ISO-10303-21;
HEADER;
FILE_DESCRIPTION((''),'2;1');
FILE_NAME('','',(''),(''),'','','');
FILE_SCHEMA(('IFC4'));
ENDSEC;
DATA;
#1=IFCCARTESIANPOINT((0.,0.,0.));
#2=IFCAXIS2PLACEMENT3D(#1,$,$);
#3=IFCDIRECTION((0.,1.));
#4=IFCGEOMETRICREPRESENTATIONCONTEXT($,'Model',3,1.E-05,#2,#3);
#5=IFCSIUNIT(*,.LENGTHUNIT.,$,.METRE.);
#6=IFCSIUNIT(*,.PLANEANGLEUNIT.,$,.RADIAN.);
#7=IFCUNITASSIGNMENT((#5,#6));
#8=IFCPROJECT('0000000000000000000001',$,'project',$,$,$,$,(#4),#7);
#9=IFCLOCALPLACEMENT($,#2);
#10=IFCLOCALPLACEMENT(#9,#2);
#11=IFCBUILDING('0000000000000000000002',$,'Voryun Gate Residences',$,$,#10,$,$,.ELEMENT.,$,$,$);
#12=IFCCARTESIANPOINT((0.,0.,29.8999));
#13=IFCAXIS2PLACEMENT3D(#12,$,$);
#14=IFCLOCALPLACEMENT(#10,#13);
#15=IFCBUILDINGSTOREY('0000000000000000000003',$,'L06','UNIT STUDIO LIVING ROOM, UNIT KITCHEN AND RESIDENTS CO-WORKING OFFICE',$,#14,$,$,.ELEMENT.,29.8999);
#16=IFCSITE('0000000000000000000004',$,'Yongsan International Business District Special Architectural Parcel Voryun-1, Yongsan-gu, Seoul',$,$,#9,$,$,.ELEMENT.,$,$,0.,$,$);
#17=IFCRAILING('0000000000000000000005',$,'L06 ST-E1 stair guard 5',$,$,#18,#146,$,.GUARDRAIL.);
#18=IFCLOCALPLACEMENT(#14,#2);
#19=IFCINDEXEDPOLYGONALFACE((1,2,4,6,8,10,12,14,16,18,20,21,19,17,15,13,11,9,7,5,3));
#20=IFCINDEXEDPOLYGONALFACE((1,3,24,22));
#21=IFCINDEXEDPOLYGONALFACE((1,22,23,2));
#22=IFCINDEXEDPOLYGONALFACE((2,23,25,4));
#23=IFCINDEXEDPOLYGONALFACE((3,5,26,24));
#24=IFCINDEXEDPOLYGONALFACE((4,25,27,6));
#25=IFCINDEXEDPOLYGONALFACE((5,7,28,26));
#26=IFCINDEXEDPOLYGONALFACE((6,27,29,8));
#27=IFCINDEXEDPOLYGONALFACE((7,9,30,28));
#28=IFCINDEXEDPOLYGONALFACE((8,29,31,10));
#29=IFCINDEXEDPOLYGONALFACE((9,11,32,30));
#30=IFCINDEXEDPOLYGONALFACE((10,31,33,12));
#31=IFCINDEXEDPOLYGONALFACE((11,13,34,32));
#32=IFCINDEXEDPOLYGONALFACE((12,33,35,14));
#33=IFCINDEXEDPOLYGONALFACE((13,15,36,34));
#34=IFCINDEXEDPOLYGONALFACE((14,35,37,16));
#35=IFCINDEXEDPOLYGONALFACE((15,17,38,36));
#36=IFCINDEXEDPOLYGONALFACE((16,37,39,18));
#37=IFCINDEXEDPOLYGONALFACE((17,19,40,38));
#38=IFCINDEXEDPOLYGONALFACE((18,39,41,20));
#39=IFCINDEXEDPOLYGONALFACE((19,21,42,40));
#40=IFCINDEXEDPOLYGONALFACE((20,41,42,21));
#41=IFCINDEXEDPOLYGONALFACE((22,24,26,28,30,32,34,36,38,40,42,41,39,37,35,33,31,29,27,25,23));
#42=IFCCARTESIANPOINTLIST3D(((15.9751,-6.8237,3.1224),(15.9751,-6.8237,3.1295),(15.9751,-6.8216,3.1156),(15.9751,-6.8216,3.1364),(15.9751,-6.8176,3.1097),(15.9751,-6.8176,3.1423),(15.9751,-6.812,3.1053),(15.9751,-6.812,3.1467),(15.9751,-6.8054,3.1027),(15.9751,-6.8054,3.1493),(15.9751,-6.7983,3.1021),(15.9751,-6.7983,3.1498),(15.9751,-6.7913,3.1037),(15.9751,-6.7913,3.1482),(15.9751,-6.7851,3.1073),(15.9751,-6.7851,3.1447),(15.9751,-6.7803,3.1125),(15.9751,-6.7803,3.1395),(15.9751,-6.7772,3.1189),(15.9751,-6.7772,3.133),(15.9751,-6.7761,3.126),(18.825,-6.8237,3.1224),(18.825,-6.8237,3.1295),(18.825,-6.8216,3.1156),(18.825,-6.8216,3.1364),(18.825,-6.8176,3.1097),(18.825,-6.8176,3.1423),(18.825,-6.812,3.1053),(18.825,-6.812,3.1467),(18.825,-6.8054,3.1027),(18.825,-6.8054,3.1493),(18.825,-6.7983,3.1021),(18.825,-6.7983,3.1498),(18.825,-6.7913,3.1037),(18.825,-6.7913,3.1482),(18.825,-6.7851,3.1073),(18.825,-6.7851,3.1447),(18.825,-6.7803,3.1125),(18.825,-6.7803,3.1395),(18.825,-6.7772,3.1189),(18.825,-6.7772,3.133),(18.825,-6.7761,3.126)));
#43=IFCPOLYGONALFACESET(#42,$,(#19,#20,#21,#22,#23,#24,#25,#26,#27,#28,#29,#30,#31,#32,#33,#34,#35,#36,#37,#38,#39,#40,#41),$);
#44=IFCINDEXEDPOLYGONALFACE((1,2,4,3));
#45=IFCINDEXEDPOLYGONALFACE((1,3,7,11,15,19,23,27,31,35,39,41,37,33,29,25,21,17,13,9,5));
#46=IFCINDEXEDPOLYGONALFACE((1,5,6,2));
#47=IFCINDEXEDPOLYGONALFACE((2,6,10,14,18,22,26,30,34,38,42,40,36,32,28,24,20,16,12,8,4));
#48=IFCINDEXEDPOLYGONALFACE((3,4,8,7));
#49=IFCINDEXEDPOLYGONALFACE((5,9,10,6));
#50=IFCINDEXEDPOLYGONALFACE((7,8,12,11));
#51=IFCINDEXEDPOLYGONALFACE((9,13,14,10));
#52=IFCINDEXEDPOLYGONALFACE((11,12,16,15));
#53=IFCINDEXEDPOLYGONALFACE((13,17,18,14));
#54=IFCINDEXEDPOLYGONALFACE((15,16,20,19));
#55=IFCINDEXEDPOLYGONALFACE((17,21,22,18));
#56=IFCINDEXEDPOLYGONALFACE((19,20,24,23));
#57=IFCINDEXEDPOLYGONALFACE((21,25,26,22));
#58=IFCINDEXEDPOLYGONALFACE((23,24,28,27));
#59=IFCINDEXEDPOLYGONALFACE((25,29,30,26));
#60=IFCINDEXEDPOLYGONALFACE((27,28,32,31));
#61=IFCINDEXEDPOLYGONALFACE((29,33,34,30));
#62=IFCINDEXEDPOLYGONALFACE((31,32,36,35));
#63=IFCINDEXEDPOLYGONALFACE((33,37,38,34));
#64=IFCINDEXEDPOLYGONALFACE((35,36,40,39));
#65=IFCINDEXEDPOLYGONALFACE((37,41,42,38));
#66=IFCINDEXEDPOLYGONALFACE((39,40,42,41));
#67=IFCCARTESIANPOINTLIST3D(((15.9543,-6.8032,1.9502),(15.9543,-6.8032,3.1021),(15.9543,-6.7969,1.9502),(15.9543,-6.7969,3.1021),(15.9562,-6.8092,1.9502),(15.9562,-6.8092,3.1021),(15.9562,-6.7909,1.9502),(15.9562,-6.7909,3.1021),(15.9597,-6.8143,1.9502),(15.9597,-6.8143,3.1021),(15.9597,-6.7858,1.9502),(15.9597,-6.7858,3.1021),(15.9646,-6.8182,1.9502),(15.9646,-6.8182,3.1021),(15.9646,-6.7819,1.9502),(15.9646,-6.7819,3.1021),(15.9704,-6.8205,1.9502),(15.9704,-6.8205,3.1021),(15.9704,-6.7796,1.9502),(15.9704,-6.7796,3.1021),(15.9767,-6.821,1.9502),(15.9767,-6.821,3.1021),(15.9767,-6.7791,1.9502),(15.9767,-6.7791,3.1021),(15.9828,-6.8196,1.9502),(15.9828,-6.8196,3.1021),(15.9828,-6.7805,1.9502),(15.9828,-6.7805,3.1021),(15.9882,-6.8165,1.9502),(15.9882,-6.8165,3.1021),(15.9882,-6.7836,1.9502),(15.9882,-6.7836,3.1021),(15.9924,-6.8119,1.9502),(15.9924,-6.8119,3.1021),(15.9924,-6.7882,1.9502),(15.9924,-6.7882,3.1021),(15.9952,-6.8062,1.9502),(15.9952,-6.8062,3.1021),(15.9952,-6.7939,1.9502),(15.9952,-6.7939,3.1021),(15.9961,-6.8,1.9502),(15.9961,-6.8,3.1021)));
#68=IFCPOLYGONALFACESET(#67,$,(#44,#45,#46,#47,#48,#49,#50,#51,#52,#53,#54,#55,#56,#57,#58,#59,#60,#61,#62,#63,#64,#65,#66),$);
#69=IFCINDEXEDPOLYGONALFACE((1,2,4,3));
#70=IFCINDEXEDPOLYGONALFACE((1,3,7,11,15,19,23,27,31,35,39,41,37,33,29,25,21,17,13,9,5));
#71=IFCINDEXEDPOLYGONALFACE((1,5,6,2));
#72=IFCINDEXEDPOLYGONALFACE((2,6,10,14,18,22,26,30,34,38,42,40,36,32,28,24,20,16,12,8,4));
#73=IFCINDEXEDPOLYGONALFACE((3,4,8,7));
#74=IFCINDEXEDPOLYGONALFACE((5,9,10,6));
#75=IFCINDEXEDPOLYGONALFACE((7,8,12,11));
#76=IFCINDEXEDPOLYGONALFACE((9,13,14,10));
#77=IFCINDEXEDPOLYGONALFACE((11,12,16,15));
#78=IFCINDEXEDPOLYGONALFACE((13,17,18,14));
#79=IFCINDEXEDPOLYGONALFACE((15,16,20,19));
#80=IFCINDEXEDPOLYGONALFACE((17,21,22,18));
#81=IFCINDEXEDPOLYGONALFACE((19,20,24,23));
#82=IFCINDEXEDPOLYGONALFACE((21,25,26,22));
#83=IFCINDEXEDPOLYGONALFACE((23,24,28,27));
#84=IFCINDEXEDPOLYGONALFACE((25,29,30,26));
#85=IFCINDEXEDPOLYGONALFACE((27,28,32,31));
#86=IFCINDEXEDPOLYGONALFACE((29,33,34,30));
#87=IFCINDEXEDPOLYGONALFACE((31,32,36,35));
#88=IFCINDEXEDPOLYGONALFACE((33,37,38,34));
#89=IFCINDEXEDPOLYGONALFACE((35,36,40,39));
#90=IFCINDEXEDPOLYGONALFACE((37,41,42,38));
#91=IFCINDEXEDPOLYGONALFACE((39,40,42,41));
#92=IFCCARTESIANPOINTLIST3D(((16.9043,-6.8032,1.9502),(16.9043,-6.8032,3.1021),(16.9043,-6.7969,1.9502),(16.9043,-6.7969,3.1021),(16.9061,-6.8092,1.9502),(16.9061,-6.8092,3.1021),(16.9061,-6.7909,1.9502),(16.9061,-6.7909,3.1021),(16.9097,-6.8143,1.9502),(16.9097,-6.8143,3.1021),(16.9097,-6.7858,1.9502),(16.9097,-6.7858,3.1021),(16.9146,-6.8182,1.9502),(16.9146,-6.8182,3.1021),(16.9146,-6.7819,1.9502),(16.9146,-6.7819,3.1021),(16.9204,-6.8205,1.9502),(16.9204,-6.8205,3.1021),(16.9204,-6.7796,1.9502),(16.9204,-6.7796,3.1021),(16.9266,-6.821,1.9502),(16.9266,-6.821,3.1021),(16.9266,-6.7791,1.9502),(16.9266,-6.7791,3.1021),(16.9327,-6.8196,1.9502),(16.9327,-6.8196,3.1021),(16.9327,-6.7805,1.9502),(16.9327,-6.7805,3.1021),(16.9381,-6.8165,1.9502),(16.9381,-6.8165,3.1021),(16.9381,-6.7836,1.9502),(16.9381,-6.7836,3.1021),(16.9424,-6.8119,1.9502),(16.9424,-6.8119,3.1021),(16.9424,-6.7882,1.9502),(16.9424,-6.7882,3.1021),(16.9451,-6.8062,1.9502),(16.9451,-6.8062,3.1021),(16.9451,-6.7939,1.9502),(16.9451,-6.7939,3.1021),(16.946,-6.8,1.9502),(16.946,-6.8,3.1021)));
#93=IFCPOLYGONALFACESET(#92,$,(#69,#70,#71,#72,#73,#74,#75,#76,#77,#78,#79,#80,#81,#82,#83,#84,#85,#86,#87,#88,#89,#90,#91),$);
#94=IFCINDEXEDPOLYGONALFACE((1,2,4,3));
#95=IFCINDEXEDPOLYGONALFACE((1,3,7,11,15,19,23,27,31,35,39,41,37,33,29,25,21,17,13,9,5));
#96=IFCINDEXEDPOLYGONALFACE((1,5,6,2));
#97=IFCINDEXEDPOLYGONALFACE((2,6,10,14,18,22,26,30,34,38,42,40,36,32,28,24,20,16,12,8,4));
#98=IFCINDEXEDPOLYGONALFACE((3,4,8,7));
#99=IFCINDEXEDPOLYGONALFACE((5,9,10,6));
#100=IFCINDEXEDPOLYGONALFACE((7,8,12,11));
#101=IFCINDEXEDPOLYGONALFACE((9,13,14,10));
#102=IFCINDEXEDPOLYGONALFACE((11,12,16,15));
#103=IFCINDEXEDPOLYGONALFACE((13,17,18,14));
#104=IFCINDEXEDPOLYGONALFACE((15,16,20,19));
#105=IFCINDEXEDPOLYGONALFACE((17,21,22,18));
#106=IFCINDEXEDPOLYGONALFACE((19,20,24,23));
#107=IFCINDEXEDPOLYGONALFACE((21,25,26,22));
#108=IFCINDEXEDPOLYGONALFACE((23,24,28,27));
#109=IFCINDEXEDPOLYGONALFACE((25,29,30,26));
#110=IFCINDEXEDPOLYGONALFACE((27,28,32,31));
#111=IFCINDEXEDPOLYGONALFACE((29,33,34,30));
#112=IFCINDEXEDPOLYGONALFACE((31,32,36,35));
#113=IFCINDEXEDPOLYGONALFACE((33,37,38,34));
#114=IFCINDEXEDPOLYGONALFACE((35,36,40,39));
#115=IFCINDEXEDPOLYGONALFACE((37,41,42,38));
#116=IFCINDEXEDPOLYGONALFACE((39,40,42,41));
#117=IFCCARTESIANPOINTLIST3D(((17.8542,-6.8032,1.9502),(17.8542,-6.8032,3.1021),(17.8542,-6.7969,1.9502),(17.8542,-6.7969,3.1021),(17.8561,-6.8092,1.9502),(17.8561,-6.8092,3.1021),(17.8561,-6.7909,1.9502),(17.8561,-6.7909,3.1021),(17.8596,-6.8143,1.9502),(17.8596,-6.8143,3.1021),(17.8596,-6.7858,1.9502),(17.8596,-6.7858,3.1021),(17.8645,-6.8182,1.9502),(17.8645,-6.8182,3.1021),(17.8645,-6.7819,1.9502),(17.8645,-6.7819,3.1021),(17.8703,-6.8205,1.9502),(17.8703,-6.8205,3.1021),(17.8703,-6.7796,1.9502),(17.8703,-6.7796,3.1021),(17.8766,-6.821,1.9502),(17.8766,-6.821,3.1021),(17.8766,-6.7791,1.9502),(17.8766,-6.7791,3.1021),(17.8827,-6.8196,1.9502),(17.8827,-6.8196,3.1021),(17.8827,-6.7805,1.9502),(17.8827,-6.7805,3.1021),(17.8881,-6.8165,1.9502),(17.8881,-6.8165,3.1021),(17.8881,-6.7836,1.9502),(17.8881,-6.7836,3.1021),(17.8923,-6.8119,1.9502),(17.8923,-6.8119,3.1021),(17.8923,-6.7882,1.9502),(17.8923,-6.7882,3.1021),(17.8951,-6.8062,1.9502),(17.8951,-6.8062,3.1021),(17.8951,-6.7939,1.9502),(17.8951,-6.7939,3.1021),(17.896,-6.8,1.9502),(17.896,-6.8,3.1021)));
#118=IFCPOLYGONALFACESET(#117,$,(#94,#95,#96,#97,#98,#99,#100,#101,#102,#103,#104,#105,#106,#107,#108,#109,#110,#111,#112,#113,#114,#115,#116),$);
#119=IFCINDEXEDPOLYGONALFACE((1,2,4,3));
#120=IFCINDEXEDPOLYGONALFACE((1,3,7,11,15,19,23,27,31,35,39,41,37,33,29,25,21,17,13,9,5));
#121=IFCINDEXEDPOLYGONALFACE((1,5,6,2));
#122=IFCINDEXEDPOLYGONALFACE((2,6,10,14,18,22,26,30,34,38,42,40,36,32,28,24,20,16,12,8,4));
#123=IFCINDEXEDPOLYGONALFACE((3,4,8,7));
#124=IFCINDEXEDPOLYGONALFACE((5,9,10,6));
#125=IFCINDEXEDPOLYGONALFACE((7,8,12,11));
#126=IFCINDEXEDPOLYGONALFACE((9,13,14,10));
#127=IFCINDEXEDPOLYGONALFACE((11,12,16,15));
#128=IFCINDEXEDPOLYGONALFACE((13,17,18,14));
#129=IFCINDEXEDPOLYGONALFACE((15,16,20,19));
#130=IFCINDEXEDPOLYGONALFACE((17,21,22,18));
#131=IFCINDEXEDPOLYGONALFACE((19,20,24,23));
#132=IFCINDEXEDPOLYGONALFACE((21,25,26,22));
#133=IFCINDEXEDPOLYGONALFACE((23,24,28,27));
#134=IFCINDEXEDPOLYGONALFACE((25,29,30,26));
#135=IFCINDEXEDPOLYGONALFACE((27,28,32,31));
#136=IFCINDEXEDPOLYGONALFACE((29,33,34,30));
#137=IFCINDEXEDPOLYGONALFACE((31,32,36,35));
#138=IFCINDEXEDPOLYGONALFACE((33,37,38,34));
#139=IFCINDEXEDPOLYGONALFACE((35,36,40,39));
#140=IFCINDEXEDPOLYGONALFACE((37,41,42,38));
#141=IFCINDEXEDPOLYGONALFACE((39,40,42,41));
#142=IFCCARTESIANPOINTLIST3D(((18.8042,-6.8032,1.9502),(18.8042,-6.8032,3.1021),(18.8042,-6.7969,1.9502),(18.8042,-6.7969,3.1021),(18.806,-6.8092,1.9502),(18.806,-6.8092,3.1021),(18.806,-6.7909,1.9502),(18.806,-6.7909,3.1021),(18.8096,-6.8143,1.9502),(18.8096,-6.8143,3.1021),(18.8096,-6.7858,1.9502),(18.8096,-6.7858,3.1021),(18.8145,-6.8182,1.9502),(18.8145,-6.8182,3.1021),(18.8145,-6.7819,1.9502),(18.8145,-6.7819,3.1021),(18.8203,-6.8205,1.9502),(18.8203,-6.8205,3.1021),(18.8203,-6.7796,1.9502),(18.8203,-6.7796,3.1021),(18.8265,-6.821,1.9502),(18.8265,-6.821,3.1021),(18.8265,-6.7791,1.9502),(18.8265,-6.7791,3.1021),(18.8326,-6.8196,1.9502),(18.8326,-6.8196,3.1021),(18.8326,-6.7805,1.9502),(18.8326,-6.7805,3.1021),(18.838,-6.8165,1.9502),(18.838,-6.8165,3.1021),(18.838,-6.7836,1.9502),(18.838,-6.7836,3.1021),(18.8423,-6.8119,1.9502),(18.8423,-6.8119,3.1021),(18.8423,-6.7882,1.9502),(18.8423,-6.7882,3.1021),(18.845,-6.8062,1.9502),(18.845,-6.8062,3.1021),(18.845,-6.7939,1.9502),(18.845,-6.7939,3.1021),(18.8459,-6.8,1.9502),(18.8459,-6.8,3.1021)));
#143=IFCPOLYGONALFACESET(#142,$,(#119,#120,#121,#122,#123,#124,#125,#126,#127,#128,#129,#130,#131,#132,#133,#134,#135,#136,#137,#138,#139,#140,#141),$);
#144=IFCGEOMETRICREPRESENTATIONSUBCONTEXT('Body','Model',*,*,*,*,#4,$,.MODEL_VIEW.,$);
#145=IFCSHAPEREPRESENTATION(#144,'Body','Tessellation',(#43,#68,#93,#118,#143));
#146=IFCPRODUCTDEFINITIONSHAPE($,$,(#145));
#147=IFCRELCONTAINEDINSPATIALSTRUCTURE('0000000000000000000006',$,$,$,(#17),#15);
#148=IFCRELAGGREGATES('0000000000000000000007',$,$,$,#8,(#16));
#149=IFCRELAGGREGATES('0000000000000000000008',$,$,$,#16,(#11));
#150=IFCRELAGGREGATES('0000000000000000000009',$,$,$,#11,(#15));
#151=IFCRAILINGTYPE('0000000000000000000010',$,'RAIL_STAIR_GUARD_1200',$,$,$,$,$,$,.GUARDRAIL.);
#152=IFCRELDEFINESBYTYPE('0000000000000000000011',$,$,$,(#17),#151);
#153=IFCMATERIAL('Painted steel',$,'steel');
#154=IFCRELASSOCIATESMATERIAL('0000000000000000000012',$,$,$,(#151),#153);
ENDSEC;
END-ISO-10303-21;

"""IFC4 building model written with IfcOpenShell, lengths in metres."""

from ifc_helpers import new_model, si_unit, direction, frame, origin, origin_2d, place, context, subcontext, project, spatial, circle, extrude, material, type_object, element, save


model = new_model("IFC4")

# Units and contexts
model_context = context("Model", 3, precision=1e-05, world=origin(), true_north=direction((0.0, 1.0)))
body_context = subcontext(model_context, "Body", "Model", "MODEL_VIEW")
ifc_project = project(units=[si_unit("LENGTHUNIT", "METRE"), si_unit("PLANEANGLEUNIT", "RADIAN")], contexts=[model_context])

# Site, building, storey
site_placement = place(None, origin())
site = spatial("IfcSite", under=ifc_project, at=site_placement, Name="Yongsan International Business District Special Architectural Parcel Voryun-1, Yongsan-gu, Seoul", CompositionType="ELEMENT", RefElevation=0.0)
building_placement = place(site_placement, origin())
building = spatial("IfcBuilding", under=site, at=building_placement, Name="Voryun Gate Residences", CompositionType="ELEMENT")
storey_placement = place(building_placement, frame((0.0, 0.0, 29.8999)))
storey = spatial("IfcBuildingStorey", under=building, at=storey_placement, Name="L06", Description="UNIT STUDIO LIVING ROOM, UNIT KITCHEN AND RESIDENTS CO-WORKING OFFICE", CompositionType="ELEMENT", Elevation=29.8999)

# Railing
ifc_material_1 = material(Name="Painted steel", Category="steel")
railing_type_1 = type_object("IfcRailingType", Name="RAIL_STAIR_GUARD_1200", PredefinedType="GUARDRAIL", material=ifc_material_1)
railing_1_placement = place(storey_placement, frame((15.9751, -6.8, 1.9502)))
element("IfcRailing", 1, at=railing_1_placement, inside=storey, type_object=railing_type_1, Name="L06 ST-E1 stair guard 5", PredefinedType="GUARDRAIL", context=body_context, shape_type="SweptSolid", body=[
    extrude(circle(Radius=0.0239, at=origin_2d()), frame((0.0, 0.0, 1.1758), z_axis=(1.0, 0.0, 0.0), x_axis=(0.0, 1.0, 0.0)), (0.0, 0.0, 1.0), 2.8499),
    extrude(circle(Radius=0.021, at=origin_2d()), origin(), (0.0, 0.0, 1.0), 1.1519),
    extrude(circle(Radius=0.021, at=origin_2d()), frame((0.95, 0.0, 0.0)), (0.0, 0.0, 1.0), 1.1519),
    extrude(circle(Radius=0.021, at=origin_2d()), frame((1.8999, 0.0, 0.0)), (0.0, 0.0, 1.0), 1.1519),
    extrude(circle(Radius=0.021, at=origin_2d()), frame((2.8499, 0.0, 0.0)), (0.0, 0.0, 1.0), 1.1519),
])

save(model, "model.ifc")
